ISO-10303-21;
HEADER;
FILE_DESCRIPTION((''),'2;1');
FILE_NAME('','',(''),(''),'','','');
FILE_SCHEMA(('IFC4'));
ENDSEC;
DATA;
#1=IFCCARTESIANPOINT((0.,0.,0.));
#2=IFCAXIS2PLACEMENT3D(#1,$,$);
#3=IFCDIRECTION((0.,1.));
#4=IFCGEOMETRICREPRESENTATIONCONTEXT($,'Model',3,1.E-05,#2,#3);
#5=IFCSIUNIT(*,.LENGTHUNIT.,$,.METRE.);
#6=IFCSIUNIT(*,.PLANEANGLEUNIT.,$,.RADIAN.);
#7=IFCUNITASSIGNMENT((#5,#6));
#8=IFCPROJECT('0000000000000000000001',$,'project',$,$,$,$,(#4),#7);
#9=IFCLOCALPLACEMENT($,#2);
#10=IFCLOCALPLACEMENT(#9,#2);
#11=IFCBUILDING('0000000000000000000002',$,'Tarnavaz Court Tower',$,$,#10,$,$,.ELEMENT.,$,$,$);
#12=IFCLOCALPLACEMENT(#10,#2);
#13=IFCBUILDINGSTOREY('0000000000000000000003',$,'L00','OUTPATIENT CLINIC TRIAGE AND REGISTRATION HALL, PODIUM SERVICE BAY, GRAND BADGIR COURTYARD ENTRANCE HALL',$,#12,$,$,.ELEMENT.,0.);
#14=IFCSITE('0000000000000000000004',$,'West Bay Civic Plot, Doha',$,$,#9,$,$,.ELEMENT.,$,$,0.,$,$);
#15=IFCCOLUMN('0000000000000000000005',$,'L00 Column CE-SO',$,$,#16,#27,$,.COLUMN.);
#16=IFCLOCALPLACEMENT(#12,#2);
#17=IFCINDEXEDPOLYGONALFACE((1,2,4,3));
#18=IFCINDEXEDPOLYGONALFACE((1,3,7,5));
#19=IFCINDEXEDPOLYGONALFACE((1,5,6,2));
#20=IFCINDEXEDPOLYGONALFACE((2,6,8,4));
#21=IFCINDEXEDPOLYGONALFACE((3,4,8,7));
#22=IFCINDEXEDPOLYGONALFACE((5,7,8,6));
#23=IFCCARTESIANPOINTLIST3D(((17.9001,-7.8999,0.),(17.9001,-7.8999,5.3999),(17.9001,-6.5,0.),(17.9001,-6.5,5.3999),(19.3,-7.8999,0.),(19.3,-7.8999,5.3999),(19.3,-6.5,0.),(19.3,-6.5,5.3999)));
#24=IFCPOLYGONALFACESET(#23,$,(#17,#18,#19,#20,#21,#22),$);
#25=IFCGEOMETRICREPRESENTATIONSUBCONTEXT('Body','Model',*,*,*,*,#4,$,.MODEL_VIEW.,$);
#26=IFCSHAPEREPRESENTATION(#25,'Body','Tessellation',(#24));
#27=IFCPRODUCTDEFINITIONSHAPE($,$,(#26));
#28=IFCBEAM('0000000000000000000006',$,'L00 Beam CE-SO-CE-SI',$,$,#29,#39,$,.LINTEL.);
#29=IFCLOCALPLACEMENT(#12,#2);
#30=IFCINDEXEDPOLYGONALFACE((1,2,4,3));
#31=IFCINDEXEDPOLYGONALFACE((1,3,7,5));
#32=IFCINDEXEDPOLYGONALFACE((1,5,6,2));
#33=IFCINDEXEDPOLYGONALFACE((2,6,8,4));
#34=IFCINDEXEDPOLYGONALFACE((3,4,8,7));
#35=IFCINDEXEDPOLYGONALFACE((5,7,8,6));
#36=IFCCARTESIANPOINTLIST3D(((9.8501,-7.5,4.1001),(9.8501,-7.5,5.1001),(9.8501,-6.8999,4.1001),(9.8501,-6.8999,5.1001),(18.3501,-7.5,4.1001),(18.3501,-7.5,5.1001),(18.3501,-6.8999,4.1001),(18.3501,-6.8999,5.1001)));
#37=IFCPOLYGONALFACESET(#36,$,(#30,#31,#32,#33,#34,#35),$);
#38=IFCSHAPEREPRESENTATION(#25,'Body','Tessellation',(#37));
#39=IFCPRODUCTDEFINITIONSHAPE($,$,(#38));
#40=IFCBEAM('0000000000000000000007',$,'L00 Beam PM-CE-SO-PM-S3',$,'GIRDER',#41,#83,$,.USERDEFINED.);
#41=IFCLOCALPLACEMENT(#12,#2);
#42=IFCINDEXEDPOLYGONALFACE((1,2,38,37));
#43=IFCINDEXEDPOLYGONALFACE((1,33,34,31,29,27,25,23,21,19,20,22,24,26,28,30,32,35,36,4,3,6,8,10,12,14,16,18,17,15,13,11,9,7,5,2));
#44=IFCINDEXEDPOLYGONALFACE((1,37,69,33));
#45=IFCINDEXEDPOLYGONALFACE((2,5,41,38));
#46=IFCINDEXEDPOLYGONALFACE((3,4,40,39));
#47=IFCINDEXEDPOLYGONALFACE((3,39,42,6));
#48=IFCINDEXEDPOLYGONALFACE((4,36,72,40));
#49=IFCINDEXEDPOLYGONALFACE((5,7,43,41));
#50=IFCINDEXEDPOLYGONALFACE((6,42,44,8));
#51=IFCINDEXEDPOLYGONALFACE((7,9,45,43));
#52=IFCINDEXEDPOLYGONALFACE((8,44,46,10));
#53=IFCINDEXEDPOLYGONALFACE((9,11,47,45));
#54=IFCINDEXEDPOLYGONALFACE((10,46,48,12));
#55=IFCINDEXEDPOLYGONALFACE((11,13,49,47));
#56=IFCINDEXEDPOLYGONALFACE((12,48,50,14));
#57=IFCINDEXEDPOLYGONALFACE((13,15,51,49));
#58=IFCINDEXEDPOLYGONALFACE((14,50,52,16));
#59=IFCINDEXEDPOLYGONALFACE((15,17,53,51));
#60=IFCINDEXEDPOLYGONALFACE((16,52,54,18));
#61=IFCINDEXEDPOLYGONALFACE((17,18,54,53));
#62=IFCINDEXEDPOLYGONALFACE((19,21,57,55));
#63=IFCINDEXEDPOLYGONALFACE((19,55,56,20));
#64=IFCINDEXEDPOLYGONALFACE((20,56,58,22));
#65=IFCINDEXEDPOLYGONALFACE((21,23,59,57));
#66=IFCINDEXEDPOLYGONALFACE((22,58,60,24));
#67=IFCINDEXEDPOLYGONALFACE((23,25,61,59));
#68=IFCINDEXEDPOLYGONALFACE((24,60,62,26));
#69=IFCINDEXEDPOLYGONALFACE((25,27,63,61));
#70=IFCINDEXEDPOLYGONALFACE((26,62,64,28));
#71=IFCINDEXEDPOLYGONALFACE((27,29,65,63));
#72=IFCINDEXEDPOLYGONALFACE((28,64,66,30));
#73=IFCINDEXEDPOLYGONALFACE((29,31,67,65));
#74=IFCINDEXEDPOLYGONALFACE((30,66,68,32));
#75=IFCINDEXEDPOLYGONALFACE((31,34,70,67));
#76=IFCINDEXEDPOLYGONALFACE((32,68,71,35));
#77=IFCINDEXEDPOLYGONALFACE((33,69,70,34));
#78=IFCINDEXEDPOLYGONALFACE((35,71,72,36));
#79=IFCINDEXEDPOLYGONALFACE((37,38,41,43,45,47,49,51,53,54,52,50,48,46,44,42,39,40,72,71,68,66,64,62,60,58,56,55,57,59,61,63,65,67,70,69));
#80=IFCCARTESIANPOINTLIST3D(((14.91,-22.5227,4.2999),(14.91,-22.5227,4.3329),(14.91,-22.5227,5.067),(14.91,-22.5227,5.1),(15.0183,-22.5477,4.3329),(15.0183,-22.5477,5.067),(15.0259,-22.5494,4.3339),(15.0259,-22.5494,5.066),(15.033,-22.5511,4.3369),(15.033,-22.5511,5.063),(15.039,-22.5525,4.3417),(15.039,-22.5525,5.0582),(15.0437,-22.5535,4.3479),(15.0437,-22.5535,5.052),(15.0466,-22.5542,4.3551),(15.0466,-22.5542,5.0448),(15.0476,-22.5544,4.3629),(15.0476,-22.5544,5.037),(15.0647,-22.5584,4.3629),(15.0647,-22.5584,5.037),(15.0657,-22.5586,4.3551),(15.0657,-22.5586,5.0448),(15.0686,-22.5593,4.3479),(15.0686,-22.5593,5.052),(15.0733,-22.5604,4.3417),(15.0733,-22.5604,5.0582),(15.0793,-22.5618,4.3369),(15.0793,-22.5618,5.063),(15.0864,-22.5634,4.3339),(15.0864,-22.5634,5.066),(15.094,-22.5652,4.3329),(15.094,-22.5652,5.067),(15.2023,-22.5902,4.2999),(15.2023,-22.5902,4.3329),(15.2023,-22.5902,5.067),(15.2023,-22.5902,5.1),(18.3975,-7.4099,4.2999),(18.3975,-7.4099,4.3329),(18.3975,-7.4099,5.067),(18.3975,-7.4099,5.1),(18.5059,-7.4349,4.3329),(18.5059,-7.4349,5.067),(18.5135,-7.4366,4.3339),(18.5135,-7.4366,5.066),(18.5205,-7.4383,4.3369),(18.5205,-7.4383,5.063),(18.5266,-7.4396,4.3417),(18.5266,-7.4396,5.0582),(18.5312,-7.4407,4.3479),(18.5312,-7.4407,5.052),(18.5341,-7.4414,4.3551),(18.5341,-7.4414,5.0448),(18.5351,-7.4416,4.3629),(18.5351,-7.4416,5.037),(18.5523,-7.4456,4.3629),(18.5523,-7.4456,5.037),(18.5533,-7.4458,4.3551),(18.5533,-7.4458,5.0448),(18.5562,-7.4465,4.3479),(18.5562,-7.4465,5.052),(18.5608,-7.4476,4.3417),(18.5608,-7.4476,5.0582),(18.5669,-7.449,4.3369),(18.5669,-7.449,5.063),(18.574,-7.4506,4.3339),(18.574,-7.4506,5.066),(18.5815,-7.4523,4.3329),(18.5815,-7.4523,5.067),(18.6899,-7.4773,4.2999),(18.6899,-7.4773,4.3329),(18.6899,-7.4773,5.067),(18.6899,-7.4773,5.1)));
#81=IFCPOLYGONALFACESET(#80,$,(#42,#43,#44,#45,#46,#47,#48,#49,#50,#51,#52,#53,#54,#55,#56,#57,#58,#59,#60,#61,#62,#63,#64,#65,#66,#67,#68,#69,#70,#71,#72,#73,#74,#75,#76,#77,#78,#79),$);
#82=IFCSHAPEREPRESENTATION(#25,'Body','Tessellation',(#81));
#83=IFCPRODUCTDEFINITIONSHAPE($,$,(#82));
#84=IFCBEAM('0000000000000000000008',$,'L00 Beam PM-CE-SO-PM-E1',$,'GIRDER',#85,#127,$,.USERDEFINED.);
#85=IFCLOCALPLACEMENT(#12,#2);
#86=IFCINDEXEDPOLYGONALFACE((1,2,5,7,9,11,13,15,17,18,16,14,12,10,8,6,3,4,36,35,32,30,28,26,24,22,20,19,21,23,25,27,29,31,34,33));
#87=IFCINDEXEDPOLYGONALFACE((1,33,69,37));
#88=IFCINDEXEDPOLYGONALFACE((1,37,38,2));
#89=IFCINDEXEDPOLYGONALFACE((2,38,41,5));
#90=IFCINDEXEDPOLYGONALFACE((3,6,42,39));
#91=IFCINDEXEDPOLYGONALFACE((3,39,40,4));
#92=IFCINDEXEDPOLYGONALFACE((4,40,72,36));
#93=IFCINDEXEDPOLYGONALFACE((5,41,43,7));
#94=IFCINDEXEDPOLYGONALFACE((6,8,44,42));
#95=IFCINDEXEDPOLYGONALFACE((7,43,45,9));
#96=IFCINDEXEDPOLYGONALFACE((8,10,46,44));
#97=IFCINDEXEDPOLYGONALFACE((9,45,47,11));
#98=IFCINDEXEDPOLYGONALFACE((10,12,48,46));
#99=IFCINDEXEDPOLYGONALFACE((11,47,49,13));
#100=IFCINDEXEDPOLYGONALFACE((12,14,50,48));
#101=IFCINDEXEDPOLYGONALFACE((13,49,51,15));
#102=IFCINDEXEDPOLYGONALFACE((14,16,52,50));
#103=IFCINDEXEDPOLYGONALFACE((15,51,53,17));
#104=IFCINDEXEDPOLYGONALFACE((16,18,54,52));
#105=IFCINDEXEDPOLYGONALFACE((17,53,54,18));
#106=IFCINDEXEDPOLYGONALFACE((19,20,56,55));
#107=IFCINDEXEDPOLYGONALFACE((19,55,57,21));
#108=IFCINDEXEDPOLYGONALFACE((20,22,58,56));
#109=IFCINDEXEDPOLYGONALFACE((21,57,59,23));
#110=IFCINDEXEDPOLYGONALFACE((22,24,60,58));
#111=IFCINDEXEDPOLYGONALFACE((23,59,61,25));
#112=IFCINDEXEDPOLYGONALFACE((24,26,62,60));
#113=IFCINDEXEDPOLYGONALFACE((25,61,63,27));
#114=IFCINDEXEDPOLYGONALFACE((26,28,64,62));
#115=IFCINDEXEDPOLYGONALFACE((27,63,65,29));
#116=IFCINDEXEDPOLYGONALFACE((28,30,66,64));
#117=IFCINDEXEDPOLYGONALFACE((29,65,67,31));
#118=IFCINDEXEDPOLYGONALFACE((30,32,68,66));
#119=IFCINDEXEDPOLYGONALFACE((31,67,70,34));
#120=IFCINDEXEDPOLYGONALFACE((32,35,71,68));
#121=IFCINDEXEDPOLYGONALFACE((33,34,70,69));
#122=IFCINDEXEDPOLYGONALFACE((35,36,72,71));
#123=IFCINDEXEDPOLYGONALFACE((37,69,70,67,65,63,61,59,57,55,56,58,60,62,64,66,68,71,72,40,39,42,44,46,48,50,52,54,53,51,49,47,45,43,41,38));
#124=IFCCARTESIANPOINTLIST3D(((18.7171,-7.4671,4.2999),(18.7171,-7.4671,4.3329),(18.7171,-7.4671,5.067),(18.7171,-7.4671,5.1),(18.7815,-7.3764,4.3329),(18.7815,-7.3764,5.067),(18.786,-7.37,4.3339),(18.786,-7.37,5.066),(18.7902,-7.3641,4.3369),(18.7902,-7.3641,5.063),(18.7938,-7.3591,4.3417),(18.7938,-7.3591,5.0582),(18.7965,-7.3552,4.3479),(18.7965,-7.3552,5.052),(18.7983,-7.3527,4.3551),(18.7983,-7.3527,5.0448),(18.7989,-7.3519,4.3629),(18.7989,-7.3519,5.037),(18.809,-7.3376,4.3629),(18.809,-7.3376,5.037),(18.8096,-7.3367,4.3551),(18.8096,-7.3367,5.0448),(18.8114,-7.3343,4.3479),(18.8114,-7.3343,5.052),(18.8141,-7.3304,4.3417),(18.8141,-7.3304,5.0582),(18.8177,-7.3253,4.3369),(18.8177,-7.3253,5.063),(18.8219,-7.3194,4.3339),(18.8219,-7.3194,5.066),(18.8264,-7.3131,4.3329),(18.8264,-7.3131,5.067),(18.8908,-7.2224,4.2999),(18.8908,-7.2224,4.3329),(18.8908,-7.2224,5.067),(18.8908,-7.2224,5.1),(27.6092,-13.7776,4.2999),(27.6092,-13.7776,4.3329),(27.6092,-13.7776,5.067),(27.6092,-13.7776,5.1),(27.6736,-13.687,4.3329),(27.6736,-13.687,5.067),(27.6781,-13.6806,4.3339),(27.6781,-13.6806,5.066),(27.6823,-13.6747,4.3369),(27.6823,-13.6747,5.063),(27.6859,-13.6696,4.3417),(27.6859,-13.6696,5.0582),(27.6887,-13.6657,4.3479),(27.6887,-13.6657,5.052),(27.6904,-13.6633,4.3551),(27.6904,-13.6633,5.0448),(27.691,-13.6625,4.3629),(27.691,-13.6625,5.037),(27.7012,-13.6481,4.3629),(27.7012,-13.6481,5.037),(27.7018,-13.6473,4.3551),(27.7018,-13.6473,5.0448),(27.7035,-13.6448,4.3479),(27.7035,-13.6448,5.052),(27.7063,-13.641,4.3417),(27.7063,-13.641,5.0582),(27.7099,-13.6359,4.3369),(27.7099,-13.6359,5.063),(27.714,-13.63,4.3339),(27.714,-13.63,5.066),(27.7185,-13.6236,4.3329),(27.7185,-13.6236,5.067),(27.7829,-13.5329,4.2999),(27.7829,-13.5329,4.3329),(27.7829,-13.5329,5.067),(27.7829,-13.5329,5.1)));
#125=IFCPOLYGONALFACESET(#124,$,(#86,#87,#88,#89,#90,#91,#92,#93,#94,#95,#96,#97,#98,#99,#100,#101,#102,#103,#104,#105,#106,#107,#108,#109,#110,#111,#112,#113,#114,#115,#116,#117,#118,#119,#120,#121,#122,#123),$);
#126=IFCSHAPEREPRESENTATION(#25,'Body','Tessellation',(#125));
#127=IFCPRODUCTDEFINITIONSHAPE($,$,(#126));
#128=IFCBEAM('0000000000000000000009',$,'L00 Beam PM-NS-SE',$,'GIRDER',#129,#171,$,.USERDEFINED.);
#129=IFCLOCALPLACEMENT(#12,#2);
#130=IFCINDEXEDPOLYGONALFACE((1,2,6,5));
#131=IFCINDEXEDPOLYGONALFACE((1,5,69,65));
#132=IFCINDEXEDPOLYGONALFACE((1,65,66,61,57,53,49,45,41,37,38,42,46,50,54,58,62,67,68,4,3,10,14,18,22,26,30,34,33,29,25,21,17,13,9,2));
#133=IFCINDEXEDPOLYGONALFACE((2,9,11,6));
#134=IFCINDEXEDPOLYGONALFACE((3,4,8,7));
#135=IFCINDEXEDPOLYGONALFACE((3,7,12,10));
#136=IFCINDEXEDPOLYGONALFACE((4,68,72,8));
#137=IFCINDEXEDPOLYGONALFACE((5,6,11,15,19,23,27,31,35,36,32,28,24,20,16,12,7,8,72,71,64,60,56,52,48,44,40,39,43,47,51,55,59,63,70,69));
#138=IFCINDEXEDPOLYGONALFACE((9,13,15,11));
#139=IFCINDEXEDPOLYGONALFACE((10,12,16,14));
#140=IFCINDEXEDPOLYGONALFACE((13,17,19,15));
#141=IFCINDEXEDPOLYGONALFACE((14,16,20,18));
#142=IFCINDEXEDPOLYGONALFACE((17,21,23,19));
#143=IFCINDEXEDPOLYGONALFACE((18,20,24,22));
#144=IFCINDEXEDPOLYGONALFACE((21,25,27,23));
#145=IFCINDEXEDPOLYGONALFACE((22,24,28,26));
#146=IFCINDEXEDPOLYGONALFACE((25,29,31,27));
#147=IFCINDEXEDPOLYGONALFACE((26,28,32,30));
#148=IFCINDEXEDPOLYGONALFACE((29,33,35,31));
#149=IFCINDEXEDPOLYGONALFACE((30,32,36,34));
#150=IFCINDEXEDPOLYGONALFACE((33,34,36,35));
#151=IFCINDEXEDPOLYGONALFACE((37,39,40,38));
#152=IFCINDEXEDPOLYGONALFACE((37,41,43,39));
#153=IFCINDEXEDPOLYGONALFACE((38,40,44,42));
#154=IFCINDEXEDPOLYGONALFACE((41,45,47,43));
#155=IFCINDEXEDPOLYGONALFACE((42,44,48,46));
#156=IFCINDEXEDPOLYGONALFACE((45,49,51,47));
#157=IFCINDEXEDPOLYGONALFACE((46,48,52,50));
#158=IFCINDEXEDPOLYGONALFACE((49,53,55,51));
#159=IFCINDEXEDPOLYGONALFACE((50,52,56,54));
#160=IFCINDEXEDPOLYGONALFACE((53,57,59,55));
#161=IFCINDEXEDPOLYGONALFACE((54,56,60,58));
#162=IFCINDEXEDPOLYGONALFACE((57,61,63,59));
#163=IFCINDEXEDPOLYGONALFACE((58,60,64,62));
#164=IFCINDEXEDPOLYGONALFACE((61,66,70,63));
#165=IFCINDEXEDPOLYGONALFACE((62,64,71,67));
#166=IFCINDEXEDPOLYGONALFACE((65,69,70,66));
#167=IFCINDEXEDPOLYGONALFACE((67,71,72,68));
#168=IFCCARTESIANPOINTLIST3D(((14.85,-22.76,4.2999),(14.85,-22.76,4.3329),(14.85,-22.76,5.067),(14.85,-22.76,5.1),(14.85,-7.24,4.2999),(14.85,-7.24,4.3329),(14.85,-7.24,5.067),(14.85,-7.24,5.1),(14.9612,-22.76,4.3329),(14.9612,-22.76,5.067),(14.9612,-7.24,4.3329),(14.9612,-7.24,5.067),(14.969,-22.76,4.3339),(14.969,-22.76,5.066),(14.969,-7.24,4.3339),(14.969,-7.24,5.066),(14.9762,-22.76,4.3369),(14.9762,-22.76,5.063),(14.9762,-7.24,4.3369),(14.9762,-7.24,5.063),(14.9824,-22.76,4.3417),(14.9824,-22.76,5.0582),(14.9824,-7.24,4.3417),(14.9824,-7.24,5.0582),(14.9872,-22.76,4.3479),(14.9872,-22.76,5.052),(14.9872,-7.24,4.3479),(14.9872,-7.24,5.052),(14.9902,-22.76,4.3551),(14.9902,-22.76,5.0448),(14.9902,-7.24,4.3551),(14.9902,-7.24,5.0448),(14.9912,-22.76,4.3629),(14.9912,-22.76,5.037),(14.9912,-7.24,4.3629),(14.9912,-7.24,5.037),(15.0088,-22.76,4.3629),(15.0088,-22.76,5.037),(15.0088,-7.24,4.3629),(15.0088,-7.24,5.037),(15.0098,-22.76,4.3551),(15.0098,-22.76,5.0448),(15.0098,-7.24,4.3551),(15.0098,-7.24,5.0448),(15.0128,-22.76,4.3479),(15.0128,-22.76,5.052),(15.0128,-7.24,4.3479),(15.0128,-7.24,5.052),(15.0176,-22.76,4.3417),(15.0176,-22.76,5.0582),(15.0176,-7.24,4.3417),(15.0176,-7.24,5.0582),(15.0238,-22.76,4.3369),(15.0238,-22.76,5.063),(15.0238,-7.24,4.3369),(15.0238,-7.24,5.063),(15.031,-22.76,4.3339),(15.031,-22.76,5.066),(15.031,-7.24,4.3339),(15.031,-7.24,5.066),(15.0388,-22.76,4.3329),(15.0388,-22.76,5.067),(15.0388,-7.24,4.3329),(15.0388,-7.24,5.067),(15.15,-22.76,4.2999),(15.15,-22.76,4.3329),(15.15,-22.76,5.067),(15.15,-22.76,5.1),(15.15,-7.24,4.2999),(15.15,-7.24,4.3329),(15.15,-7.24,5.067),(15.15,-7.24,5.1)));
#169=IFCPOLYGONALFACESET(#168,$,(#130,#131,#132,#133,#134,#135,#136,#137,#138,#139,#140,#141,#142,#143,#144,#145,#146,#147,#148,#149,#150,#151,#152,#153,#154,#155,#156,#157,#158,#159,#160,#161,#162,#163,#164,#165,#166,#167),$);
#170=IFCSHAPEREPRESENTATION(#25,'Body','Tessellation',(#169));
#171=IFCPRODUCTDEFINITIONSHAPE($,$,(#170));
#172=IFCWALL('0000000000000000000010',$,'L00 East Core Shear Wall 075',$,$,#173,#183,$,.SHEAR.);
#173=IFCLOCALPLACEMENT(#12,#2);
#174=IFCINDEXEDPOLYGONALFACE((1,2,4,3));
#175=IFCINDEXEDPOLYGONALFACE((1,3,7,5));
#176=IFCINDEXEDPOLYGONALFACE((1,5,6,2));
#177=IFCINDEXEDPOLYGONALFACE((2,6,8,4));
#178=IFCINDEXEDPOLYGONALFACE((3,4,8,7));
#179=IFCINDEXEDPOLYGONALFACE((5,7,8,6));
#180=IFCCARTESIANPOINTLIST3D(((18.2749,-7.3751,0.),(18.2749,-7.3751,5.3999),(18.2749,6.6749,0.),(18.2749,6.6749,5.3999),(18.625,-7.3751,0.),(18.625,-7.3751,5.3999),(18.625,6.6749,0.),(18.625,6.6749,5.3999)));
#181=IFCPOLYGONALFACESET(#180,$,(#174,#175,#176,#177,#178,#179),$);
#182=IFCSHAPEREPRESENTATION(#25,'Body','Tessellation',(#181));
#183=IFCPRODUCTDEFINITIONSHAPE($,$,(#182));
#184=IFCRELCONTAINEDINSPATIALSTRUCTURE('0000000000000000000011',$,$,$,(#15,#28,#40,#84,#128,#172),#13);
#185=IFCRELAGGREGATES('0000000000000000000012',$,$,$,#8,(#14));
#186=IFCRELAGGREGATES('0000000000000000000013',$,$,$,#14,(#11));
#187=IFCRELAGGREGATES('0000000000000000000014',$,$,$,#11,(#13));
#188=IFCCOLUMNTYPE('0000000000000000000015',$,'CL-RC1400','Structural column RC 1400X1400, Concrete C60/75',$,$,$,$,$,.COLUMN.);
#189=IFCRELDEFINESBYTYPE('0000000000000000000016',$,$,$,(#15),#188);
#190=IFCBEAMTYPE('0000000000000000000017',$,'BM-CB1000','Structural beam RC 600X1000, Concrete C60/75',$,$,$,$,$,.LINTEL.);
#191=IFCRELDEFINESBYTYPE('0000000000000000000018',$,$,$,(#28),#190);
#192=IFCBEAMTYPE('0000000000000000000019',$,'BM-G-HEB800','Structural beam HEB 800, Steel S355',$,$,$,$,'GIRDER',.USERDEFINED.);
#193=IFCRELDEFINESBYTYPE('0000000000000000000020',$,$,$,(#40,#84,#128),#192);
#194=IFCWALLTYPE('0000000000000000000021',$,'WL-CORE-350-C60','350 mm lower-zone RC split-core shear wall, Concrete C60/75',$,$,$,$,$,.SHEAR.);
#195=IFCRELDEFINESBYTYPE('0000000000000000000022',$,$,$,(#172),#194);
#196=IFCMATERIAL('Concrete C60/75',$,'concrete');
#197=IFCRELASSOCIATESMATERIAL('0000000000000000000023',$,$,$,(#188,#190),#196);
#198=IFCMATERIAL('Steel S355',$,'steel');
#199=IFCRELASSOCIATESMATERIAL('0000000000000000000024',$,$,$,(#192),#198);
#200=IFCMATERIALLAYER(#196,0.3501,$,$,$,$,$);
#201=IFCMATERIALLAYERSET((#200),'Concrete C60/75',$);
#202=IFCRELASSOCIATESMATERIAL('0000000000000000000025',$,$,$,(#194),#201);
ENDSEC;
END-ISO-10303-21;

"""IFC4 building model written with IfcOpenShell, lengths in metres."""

from ifc_helpers import new_model, si_unit, direction, frame, frame_2d, origin, origin_2d, place, context, subcontext, project, spatial, rectangle, i_section, extrude, material, layer, layer_set, material_profile, profile_set, type_object, element, save


model = new_model("IFC4")

# Units and contexts
model_context = context("Model", 3, precision=1e-05, world=origin(), true_north=direction((0.0, 1.0)))
body_context = subcontext(model_context, "Body", "Model", "MODEL_VIEW")
ifc_project = project(units=[si_unit("LENGTHUNIT", "METRE"), si_unit("PLANEANGLEUNIT", "RADIAN")], contexts=[model_context])

# Site, building, storey
site_placement = place(None, origin())
site = spatial("IfcSite", under=ifc_project, at=site_placement, Name="West Bay Civic Plot, Doha", CompositionType="ELEMENT", RefElevation=0.0)
building_placement = place(site_placement, origin())
building = spatial("IfcBuilding", under=site, at=building_placement, Name="Tarnavaz Court Tower", CompositionType="ELEMENT")
storey_placement = place(building_placement, origin())
storey = spatial("IfcBuildingStorey", under=building, at=storey_placement, Name="L00", Description="OUTPATIENT CLINIC TRIAGE AND REGISTRATION HALL, PODIUM SERVICE BAY, GRAND BADGIR COURTYARD ENTRANCE HALL", CompositionType="ELEMENT", Elevation=0.0)

# Column
ifc_material_1 = material(Name="Concrete C60/75", Category="concrete")
ifc_material_profile_1 = material_profile(ifc_material_1, rectangle(XDim=1.3999, YDim=1.3999, at=origin_2d()), Name="RC 1400X1400")
ifc_profile_set_1 = profile_set([ifc_material_profile_1], Name="Concrete C60/75")
column_type = type_object("IfcColumnType", Name="CL-RC1400", Description="Structural column RC 1400X1400, Concrete C60/75", PredefinedType="COLUMN", material=ifc_profile_set_1)
column_placement = place(storey_placement, frame((18.6001, -7.2, 0.0), z_axis=(0.0, 0.0, 1.0), x_axis=(1.0, 0.0, 0.0)))
element("IfcColumn", 1, at=column_placement, inside=storey, type_object=column_type, Name="L00 Column CE-SO", PredefinedType="COLUMN", context=body_context, shape_type="SweptSolid", body=[
    extrude(rectangle(XDim=1.3999, YDim=1.3999, at=origin_2d()), origin(), (0.0, 0.0, 1.0), 5.3999),
])

# Beams
ifc_material_profile_2 = material_profile(ifc_material_1, rectangle(XDim=0.6001, YDim=1.0, at=origin_2d()), Name="RC 600X1000")
ifc_profile_set_2 = profile_set([ifc_material_profile_2], Name="Concrete C60/75")
beam_type_1 = type_object("IfcBeamType", Name="BM-CB1000", Description="Structural beam RC 600X1000, Concrete C60/75", PredefinedType="LINTEL", material=ifc_profile_set_2)
beam_1_placement = place(storey_placement, frame((18.3501, -7.2, 4.6001), z_axis=(-1.0, 0.0, 0.0), x_axis=(0.0, -1.0, 0.0)))
element("IfcBeam", 2, at=beam_1_placement, inside=storey, type_object=beam_type_1, Name="L00 Beam CE-SO-CE-SI", PredefinedType="LINTEL", context=body_context, shape_type="SweptSolid", body=[
    extrude(rectangle(XDim=0.6001, YDim=1.0, at=origin_2d()), origin(), (0.0, 0.0, 1.0), 8.5),
])
ifc_material_2 = material(Name="Steel S355", Category="steel")
ifc_material_profile_3 = material_profile(ifc_material_2, i_section(OverallWidth=0.3, OverallDepth=0.8, WebThickness=0.0176, FlangeThickness=0.033, FilletRadius=0.03, at=origin_2d()), Name="HEB 800")
ifc_profile_set_3 = profile_set([ifc_material_profile_3], Name="Steel S355")
beam_type_2 = type_object("IfcBeamType", Name="BM-G-HEB800", Description="Structural beam HEB 800, Steel S355", ElementType="GIRDER", PredefinedType="USERDEFINED", material=ifc_profile_set_3)
beam_2_placement = place(storey_placement, frame((18.5437, -7.4436, 4.7), z_axis=(-0.224858, -0.974391, 0.0), x_axis=(0.974391, -0.224858, 0.0)))
element("IfcBeam", 3, at=beam_2_placement, inside=storey, type_object=beam_type_2, Name="L00 Beam PM-CE-SO-PM-S3", ObjectType="GIRDER", PredefinedType="USERDEFINED", context=body_context, shape_type="SweptSolid", body=[
    extrude(i_section(OverallWidth=0.3, OverallDepth=0.8, WebThickness=0.0176, FlangeThickness=0.033, FilletRadius=0.03, at=origin_2d()), origin(), (0.0, 0.0, 1.0), 15.51),
])
beam_3_placement = place(storey_placement, frame((18.804, -7.3447, 4.7), z_axis=(0.815506, -0.578749, 0.0), x_axis=(0.578749, 0.815506, 0.0)))
element("IfcBeam", 4, at=beam_3_placement, inside=storey, type_object=beam_type_2, Name="L00 Beam PM-CE-SO-PM-E1", ObjectType="GIRDER", PredefinedType="USERDEFINED", context=body_context, shape_type="SweptSolid", body=[
    extrude(i_section(OverallWidth=0.3, OverallDepth=0.8, WebThickness=0.0176, FlangeThickness=0.033, FilletRadius=0.03, at=origin_2d()), origin(), (0.0, 0.0, 1.0), 10.9038),
])
beam_4_placement = place(storey_placement, frame((15.0, -7.24, 4.7), z_axis=(0.0, -1.0, 0.0), x_axis=(1.0, 0.0, 0.0)))
element("IfcBeam", 5, at=beam_4_placement, inside=storey, type_object=beam_type_2, Name="L00 Beam PM-NS-SE", ObjectType="GIRDER", PredefinedType="USERDEFINED", context=body_context, shape_type="SweptSolid", body=[
    extrude(i_section(OverallWidth=0.3, OverallDepth=0.8, WebThickness=0.0176, FlangeThickness=0.033, FilletRadius=0.03, at=origin_2d()), origin(), (0.0, 0.0, 1.0), 15.52),
])

# Wall
ifc_layer_1 = layer(ifc_material_1, 0.3501)
ifc_layer_set_1 = layer_set([ifc_layer_1], Name="Concrete C60/75")
wall_type_1 = type_object("IfcWallType", Name="WL-CORE-350-C60", Description="350 mm lower-zone RC split-core shear wall, Concrete C60/75", PredefinedType="SHEAR", material=ifc_layer_set_1)
wall_1_placement = place(storey_placement, frame((18.45, -7.375, 0.0), z_axis=(0.0, 0.0, 1.0), x_axis=(0.0, 1.0, 0.0)))
element("IfcWall", 6, at=wall_1_placement, inside=storey, type_object=wall_type_1, Name="L00 East Core Shear Wall 075", PredefinedType="SHEAR", context=body_context, shape_type="SweptSolid", body=[
    extrude(rectangle(XDim=14.05, YDim=0.3501, at=frame_2d((7.0249, 0.0))), origin(), (0.0, 0.0, 1.0), 5.3999),
])

save(model, "model.ifc")
